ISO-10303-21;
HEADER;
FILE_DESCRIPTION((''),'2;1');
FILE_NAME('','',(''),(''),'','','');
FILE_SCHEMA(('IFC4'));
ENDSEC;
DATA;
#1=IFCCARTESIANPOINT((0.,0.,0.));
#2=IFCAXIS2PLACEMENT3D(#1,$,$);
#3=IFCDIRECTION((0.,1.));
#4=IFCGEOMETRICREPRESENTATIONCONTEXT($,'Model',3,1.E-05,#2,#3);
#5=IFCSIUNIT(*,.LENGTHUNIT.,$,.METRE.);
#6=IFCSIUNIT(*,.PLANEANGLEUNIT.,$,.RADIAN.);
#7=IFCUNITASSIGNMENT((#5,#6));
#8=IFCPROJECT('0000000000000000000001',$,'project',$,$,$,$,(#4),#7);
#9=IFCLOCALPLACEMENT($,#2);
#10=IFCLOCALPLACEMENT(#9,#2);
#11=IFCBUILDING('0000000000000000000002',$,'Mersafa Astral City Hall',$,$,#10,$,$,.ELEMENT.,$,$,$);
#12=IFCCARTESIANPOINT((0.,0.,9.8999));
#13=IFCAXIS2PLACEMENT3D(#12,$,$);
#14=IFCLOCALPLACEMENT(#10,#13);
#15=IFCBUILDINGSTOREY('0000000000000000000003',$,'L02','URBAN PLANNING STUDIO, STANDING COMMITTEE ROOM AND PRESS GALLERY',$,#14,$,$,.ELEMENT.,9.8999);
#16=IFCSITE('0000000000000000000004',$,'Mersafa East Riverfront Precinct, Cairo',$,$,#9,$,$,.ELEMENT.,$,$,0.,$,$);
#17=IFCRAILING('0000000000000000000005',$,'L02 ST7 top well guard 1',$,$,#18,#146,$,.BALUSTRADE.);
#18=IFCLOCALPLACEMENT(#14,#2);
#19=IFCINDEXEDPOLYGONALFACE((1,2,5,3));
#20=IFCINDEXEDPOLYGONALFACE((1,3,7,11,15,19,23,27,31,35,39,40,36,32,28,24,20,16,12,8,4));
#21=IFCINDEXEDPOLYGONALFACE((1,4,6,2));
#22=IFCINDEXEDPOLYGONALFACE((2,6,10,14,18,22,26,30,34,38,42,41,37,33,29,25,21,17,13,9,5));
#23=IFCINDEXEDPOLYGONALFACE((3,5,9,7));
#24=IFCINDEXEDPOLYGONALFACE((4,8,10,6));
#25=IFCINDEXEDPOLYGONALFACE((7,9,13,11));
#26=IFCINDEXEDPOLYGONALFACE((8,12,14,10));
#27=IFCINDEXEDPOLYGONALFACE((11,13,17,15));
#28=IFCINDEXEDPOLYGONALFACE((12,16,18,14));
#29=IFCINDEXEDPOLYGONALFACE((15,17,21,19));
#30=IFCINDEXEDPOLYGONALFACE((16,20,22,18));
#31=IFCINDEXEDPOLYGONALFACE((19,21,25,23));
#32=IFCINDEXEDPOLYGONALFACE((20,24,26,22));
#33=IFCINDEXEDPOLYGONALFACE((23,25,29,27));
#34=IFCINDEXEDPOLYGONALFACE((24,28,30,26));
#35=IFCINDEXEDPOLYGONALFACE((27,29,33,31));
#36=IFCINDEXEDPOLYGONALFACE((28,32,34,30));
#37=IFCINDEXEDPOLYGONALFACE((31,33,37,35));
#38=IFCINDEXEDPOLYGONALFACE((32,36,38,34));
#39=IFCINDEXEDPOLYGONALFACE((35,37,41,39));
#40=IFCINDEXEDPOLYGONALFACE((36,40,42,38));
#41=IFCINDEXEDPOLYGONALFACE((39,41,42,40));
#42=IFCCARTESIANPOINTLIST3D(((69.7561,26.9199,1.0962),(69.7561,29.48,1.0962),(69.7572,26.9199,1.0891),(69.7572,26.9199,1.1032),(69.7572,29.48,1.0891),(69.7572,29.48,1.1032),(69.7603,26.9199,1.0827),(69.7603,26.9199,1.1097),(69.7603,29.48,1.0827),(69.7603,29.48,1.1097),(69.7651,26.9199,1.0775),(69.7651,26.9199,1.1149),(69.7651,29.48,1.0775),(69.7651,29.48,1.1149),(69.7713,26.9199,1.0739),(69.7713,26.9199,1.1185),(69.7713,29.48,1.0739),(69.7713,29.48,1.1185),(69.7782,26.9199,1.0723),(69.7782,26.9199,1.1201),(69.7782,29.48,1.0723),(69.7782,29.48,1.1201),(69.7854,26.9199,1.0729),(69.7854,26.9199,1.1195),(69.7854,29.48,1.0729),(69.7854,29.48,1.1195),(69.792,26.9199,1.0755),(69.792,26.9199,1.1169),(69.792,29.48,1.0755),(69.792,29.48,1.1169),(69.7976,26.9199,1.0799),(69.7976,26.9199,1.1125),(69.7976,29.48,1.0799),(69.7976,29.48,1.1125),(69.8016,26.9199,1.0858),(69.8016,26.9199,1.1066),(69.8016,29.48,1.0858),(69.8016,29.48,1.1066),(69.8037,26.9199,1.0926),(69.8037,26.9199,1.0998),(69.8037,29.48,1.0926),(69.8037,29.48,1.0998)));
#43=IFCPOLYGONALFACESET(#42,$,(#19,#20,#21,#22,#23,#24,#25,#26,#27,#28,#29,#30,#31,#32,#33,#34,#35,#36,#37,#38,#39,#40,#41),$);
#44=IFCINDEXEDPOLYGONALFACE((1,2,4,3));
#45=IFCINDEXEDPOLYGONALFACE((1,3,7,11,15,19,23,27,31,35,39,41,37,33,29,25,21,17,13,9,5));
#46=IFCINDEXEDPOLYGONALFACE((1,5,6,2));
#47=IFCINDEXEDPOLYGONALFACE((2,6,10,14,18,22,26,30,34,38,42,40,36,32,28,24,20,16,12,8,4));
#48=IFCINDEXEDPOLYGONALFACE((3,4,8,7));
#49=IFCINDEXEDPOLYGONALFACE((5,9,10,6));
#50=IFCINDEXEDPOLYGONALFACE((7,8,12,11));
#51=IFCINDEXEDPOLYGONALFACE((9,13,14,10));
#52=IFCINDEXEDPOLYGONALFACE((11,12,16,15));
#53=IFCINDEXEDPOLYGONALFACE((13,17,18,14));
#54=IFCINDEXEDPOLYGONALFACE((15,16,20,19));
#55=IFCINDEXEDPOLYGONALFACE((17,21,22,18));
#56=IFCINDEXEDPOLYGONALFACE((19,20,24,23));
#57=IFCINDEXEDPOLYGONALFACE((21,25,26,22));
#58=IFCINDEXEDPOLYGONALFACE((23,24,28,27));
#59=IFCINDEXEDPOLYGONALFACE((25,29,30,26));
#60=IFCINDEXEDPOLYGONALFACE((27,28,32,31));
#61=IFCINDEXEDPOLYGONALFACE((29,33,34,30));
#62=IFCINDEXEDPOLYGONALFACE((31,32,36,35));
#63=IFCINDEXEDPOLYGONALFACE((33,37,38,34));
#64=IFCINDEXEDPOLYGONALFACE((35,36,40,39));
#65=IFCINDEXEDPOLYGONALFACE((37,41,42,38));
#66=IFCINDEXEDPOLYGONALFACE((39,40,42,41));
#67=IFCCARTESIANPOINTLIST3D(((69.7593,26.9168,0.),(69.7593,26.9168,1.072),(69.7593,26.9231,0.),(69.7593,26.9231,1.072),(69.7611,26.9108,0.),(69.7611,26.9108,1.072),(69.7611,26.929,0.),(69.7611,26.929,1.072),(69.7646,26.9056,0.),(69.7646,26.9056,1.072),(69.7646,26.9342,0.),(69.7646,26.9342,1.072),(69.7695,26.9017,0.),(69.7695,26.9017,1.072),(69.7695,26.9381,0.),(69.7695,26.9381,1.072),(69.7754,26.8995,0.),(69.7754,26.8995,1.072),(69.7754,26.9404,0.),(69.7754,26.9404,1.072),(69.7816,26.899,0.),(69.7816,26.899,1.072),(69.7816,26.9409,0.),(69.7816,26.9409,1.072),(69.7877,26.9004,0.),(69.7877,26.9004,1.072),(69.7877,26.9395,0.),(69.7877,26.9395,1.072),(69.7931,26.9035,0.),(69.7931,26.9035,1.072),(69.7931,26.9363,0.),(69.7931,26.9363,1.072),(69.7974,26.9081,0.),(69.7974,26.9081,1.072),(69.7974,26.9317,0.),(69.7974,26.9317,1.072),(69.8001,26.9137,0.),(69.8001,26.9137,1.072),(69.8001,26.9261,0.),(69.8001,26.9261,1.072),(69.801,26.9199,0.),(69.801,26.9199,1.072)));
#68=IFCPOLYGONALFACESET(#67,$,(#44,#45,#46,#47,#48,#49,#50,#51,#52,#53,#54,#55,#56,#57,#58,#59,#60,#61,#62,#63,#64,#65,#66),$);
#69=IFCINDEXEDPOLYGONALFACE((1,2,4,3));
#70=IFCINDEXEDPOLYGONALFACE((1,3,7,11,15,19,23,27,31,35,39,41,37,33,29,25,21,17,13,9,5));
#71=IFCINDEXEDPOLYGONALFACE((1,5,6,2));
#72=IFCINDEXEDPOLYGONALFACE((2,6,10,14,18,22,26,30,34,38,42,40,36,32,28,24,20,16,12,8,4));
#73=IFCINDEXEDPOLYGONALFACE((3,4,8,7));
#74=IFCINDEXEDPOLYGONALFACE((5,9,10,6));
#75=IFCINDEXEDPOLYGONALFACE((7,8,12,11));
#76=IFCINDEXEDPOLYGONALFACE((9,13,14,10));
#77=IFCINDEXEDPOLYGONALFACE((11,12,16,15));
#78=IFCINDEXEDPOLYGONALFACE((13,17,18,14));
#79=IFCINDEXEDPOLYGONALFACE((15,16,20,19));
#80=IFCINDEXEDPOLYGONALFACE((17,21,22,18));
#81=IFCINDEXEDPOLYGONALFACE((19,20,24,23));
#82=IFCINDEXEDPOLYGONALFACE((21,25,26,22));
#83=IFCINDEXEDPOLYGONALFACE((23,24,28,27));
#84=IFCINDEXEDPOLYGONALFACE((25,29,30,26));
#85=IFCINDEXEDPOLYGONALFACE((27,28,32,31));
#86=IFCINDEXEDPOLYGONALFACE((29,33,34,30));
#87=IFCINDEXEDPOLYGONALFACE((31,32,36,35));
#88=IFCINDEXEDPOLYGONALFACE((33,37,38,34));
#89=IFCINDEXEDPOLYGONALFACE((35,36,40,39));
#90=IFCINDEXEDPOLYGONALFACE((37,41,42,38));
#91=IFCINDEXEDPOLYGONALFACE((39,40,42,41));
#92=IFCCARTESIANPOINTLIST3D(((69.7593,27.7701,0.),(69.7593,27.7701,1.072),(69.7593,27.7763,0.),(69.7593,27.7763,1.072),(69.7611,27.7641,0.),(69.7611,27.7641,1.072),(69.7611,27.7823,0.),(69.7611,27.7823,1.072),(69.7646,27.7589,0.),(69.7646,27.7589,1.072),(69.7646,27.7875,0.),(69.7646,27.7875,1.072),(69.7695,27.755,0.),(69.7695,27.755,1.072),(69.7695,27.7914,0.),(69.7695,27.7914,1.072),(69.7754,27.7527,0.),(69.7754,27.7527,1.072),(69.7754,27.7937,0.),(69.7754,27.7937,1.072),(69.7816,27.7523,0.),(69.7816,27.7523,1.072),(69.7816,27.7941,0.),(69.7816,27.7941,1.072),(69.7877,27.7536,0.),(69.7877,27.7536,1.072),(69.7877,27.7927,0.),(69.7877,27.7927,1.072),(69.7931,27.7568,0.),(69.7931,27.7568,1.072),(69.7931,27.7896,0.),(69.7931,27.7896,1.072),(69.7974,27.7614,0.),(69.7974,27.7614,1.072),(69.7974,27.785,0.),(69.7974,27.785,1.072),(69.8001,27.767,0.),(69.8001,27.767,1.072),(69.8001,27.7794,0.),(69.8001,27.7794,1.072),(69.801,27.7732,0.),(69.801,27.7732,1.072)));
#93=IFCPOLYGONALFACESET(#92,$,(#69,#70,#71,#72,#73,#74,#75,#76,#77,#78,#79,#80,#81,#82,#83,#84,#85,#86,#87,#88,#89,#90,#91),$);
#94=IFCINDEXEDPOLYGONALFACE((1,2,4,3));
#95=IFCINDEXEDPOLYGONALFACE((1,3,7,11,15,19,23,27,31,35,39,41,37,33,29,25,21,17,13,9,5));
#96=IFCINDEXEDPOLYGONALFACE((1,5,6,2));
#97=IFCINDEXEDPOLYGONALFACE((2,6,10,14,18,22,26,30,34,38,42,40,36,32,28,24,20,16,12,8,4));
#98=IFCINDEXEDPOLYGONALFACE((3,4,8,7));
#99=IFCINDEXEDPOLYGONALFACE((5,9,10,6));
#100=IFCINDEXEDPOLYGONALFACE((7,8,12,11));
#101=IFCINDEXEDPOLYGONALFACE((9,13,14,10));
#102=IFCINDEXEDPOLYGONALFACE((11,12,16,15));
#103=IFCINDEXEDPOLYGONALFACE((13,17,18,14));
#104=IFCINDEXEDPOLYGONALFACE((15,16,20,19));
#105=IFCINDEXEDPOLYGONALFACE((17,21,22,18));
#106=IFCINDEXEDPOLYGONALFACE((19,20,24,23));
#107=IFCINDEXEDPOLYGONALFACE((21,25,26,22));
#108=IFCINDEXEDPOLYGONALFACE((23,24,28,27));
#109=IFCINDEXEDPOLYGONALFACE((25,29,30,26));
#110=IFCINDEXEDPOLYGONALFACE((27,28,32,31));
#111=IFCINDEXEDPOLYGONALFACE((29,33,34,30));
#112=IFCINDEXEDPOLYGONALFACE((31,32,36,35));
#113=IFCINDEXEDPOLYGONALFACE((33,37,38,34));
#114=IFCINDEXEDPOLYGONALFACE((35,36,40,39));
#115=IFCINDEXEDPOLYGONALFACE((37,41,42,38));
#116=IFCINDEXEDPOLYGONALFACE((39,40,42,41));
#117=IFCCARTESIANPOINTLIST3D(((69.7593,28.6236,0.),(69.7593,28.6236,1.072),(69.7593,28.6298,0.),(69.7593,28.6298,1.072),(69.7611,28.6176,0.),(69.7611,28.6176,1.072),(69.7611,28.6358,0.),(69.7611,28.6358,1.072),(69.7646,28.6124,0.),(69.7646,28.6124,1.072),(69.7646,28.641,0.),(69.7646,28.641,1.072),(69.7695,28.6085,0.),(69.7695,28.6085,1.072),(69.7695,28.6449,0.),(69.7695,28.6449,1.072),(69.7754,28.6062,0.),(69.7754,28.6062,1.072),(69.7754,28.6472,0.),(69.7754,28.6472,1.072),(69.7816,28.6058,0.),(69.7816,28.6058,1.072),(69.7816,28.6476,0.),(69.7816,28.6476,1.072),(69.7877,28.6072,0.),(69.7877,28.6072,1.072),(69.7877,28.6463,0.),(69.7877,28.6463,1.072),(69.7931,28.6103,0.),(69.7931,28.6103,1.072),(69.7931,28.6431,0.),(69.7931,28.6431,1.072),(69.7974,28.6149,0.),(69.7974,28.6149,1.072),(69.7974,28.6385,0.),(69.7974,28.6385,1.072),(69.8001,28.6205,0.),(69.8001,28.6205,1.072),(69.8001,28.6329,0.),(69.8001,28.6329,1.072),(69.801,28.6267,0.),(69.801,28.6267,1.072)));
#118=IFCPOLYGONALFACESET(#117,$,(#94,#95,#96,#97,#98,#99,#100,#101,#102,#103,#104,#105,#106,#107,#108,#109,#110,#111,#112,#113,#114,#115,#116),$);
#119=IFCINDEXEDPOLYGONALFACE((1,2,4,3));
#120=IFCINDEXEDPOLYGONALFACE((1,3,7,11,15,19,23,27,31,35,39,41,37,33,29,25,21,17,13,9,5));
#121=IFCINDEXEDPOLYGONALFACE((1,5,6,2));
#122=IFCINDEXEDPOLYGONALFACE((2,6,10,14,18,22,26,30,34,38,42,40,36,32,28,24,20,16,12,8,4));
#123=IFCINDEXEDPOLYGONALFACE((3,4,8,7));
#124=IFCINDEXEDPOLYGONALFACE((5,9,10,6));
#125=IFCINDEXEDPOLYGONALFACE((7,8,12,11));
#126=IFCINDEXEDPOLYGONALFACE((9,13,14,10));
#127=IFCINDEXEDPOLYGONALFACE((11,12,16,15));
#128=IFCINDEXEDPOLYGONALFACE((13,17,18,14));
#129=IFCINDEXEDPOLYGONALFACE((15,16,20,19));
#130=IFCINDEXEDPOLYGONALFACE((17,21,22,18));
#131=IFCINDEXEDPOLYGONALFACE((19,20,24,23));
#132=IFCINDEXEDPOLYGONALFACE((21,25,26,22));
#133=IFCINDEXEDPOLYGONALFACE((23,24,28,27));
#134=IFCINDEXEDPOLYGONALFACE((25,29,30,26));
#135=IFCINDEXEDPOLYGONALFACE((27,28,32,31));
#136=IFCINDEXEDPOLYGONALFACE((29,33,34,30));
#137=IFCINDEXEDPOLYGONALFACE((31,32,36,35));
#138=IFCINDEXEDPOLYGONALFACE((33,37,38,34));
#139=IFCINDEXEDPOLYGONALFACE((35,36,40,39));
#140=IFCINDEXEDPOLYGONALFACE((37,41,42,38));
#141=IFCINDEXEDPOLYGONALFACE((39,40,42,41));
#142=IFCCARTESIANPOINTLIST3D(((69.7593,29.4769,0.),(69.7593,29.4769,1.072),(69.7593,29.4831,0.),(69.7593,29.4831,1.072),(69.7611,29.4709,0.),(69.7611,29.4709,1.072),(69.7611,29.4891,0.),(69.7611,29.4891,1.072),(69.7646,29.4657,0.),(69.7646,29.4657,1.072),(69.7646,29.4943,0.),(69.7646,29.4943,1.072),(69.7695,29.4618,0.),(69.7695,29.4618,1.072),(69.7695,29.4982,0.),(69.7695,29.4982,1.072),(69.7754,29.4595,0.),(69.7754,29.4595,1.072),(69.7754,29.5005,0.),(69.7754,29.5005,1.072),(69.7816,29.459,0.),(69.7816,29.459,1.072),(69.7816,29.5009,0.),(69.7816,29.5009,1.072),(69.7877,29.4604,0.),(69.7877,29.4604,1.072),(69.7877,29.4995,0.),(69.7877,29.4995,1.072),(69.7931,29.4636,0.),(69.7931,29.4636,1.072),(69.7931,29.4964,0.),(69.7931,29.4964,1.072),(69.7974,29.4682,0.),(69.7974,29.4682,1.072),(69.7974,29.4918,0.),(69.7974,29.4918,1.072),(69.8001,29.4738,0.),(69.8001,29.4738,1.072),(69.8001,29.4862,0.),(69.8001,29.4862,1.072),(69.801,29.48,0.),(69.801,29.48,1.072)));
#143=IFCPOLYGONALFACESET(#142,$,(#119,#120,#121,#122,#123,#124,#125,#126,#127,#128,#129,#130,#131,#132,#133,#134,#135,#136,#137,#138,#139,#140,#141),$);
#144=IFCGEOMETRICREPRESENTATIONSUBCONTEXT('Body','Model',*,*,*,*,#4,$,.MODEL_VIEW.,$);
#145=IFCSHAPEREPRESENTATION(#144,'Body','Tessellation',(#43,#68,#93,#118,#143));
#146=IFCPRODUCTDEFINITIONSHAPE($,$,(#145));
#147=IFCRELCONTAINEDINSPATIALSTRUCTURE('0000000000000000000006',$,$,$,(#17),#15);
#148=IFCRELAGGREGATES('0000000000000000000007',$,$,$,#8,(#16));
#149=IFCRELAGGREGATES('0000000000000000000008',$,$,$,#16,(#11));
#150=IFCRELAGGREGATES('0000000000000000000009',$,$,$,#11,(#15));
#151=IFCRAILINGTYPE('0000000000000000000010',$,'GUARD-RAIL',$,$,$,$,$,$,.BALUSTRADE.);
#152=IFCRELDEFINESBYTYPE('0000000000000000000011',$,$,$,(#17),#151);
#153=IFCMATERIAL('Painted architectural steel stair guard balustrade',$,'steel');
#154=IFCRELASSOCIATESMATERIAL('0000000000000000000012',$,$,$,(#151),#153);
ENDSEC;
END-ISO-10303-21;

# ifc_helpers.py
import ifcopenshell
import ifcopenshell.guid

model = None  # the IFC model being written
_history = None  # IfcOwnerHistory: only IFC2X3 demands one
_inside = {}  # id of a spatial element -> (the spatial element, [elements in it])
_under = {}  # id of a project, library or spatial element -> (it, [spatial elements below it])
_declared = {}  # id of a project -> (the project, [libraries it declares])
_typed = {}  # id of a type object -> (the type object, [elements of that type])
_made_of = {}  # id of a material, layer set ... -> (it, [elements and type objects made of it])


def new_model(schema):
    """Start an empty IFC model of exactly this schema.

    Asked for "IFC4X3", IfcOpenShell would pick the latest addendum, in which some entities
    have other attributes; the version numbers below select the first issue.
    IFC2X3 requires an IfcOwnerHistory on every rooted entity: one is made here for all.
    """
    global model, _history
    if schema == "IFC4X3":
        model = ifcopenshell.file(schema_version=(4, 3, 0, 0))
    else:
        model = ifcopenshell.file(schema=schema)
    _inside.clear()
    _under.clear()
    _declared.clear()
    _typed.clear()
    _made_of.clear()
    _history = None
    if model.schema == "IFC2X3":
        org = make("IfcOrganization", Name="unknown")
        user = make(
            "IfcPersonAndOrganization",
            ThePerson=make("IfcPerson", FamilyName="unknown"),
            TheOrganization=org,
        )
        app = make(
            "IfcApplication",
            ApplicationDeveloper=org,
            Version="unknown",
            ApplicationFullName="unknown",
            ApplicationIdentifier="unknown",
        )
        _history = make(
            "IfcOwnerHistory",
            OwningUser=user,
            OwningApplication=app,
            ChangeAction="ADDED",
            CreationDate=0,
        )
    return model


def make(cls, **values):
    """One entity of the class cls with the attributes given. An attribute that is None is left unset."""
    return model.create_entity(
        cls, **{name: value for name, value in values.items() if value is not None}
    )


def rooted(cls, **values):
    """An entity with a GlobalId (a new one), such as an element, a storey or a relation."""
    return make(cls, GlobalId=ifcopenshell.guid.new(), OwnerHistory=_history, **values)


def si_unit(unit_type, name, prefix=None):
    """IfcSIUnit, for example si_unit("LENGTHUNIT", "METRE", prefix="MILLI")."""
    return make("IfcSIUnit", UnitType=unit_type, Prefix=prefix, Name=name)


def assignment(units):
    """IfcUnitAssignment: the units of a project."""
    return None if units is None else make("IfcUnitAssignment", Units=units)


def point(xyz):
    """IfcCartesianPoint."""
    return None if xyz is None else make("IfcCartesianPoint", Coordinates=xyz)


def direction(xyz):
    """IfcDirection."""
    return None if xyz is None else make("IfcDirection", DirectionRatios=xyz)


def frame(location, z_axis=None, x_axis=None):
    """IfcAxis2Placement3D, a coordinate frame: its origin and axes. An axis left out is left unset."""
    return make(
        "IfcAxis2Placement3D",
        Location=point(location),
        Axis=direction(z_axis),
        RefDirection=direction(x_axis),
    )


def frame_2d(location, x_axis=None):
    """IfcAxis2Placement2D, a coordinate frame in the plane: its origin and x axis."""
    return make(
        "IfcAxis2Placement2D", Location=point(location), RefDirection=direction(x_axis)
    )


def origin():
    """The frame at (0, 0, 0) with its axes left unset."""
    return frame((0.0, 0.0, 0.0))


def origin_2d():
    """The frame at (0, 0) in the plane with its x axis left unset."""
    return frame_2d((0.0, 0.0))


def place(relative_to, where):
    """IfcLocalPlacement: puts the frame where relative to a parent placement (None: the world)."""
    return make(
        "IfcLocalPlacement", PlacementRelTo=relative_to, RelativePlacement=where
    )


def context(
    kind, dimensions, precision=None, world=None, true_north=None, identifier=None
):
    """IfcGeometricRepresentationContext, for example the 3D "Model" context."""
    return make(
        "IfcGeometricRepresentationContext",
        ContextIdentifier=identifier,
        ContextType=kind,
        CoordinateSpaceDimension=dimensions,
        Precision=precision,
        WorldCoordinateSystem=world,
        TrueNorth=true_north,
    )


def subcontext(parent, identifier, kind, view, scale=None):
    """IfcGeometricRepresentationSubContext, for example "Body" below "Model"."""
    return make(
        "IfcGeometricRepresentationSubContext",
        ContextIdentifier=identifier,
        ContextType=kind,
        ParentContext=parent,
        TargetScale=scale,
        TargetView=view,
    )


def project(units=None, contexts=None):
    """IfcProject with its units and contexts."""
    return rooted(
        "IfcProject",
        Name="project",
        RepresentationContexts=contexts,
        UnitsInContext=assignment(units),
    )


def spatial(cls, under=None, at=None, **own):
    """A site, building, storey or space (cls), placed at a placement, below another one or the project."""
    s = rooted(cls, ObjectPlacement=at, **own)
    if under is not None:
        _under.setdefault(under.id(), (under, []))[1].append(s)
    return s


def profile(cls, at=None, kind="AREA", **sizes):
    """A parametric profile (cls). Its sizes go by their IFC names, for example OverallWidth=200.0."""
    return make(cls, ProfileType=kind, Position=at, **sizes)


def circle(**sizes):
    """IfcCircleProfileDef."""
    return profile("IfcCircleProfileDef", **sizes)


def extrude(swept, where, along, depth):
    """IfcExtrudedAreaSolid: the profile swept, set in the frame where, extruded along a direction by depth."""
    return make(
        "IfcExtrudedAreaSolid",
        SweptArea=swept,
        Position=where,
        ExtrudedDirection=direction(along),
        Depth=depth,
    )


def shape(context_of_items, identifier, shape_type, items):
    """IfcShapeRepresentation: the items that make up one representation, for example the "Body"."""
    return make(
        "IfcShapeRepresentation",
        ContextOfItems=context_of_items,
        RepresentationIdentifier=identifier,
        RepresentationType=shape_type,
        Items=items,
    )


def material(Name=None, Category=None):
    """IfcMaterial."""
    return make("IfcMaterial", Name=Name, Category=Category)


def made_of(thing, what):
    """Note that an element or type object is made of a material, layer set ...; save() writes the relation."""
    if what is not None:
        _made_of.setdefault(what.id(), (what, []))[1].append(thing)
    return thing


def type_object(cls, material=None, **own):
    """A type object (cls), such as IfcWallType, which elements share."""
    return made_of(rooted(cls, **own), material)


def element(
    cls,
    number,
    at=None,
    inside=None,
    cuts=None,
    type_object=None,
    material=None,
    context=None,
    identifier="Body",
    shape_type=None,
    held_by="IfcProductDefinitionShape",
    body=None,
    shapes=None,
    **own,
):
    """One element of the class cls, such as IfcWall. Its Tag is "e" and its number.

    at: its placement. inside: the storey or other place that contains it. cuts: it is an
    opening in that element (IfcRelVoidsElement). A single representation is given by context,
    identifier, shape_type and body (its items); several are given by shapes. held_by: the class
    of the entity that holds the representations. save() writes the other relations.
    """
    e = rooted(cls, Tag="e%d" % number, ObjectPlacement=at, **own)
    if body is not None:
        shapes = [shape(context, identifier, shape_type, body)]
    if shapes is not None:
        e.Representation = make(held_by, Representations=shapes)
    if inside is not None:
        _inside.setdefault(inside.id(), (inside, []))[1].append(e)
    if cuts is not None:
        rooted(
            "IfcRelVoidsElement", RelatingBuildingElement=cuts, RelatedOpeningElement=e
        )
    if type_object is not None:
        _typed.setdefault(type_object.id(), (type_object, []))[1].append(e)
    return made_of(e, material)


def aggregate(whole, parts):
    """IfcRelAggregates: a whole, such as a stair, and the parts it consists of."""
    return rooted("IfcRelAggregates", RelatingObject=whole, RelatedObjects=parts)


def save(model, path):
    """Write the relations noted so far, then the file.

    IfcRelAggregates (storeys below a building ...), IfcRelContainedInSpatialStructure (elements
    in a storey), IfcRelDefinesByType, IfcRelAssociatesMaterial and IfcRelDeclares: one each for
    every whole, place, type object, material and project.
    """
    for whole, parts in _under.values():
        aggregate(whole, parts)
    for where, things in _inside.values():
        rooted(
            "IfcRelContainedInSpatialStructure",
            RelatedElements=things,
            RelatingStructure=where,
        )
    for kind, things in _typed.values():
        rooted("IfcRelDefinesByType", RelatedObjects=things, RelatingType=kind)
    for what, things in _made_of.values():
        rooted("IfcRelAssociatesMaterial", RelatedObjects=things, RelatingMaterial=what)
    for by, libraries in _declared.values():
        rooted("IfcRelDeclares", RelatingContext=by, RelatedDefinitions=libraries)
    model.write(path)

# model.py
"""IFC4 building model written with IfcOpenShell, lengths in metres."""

from ifc_helpers import new_model, si_unit, direction, frame, origin, origin_2d, place, context, subcontext, project, spatial, circle, extrude, material, type_object, element, save


model = new_model("IFC4")

# Units and contexts
model_context = context("Model", 3, precision=1e-05, world=origin(), true_north=direction((0.0, 1.0)))
body_context = subcontext(model_context, "Body", "Model", "MODEL_VIEW")
ifc_project = project(units=[si_unit("LENGTHUNIT", "METRE"), si_unit("PLANEANGLEUNIT", "RADIAN")], contexts=[model_context])

# Site, building, storey
site_placement = place(None, origin())
site = spatial("IfcSite", under=ifc_project, at=site_placement, Name="Mersafa East Riverfront Precinct, Cairo", CompositionType="ELEMENT", RefElevation=0.0)
building_placement = place(site_placement, origin())
building = spatial("IfcBuilding", under=site, at=building_placement, Name="Mersafa Astral City Hall", CompositionType="ELEMENT")
storey_placement = place(building_placement, frame((0.0, 0.0, 9.8999)))
storey = spatial("IfcBuildingStorey", under=building, at=storey_placement, Name="L02", Description="URBAN PLANNING STUDIO, STANDING COMMITTEE ROOM AND PRESS GALLERY", CompositionType="ELEMENT", Elevation=9.8999)

# Railing
ifc_material_1 = material(Name="Painted architectural steel stair guard balustrade", Category="steel")
railing_type = type_object("IfcRailingType", Name="GUARD-RAIL", PredefinedType="BALUSTRADE", material=ifc_material_1)
railing_placement = place(storey_placement, frame((69.78, 26.9199, 0.0)))
element("IfcRailing", 1, at=railing_placement, inside=storey, type_object=railing_type, Name="L02 ST7 top well guard 1", PredefinedType="BALUSTRADE", context=body_context, shape_type="SweptSolid", body=[
    extrude(circle(Radius=0.0239, at=origin_2d()), frame((0.0, 0.0, 1.0962), z_axis=(0.0, 1.0, 0.0), x_axis=(-1.0, 0.0, 0.0)), (0.0, 0.0, 1.0), 2.5601),
    extrude(circle(Radius=0.021, at=origin_2d()), origin(), (0.0, 0.0, 1.0), 1.072),
    extrude(circle(Radius=0.021, at=origin_2d()), frame((0.0, 0.8533, 0.0)), (0.0, 0.0, 1.0), 1.072),
    extrude(circle(Radius=0.021, at=origin_2d()), frame((0.0, 1.7068, 0.0)), (0.0, 0.0, 1.0), 1.072),
    extrude(circle(Radius=0.021, at=origin_2d()), frame((0.0, 2.5601, 0.0)), (0.0, 0.0, 1.0), 1.072),
])

save(model, "model.ifc")
